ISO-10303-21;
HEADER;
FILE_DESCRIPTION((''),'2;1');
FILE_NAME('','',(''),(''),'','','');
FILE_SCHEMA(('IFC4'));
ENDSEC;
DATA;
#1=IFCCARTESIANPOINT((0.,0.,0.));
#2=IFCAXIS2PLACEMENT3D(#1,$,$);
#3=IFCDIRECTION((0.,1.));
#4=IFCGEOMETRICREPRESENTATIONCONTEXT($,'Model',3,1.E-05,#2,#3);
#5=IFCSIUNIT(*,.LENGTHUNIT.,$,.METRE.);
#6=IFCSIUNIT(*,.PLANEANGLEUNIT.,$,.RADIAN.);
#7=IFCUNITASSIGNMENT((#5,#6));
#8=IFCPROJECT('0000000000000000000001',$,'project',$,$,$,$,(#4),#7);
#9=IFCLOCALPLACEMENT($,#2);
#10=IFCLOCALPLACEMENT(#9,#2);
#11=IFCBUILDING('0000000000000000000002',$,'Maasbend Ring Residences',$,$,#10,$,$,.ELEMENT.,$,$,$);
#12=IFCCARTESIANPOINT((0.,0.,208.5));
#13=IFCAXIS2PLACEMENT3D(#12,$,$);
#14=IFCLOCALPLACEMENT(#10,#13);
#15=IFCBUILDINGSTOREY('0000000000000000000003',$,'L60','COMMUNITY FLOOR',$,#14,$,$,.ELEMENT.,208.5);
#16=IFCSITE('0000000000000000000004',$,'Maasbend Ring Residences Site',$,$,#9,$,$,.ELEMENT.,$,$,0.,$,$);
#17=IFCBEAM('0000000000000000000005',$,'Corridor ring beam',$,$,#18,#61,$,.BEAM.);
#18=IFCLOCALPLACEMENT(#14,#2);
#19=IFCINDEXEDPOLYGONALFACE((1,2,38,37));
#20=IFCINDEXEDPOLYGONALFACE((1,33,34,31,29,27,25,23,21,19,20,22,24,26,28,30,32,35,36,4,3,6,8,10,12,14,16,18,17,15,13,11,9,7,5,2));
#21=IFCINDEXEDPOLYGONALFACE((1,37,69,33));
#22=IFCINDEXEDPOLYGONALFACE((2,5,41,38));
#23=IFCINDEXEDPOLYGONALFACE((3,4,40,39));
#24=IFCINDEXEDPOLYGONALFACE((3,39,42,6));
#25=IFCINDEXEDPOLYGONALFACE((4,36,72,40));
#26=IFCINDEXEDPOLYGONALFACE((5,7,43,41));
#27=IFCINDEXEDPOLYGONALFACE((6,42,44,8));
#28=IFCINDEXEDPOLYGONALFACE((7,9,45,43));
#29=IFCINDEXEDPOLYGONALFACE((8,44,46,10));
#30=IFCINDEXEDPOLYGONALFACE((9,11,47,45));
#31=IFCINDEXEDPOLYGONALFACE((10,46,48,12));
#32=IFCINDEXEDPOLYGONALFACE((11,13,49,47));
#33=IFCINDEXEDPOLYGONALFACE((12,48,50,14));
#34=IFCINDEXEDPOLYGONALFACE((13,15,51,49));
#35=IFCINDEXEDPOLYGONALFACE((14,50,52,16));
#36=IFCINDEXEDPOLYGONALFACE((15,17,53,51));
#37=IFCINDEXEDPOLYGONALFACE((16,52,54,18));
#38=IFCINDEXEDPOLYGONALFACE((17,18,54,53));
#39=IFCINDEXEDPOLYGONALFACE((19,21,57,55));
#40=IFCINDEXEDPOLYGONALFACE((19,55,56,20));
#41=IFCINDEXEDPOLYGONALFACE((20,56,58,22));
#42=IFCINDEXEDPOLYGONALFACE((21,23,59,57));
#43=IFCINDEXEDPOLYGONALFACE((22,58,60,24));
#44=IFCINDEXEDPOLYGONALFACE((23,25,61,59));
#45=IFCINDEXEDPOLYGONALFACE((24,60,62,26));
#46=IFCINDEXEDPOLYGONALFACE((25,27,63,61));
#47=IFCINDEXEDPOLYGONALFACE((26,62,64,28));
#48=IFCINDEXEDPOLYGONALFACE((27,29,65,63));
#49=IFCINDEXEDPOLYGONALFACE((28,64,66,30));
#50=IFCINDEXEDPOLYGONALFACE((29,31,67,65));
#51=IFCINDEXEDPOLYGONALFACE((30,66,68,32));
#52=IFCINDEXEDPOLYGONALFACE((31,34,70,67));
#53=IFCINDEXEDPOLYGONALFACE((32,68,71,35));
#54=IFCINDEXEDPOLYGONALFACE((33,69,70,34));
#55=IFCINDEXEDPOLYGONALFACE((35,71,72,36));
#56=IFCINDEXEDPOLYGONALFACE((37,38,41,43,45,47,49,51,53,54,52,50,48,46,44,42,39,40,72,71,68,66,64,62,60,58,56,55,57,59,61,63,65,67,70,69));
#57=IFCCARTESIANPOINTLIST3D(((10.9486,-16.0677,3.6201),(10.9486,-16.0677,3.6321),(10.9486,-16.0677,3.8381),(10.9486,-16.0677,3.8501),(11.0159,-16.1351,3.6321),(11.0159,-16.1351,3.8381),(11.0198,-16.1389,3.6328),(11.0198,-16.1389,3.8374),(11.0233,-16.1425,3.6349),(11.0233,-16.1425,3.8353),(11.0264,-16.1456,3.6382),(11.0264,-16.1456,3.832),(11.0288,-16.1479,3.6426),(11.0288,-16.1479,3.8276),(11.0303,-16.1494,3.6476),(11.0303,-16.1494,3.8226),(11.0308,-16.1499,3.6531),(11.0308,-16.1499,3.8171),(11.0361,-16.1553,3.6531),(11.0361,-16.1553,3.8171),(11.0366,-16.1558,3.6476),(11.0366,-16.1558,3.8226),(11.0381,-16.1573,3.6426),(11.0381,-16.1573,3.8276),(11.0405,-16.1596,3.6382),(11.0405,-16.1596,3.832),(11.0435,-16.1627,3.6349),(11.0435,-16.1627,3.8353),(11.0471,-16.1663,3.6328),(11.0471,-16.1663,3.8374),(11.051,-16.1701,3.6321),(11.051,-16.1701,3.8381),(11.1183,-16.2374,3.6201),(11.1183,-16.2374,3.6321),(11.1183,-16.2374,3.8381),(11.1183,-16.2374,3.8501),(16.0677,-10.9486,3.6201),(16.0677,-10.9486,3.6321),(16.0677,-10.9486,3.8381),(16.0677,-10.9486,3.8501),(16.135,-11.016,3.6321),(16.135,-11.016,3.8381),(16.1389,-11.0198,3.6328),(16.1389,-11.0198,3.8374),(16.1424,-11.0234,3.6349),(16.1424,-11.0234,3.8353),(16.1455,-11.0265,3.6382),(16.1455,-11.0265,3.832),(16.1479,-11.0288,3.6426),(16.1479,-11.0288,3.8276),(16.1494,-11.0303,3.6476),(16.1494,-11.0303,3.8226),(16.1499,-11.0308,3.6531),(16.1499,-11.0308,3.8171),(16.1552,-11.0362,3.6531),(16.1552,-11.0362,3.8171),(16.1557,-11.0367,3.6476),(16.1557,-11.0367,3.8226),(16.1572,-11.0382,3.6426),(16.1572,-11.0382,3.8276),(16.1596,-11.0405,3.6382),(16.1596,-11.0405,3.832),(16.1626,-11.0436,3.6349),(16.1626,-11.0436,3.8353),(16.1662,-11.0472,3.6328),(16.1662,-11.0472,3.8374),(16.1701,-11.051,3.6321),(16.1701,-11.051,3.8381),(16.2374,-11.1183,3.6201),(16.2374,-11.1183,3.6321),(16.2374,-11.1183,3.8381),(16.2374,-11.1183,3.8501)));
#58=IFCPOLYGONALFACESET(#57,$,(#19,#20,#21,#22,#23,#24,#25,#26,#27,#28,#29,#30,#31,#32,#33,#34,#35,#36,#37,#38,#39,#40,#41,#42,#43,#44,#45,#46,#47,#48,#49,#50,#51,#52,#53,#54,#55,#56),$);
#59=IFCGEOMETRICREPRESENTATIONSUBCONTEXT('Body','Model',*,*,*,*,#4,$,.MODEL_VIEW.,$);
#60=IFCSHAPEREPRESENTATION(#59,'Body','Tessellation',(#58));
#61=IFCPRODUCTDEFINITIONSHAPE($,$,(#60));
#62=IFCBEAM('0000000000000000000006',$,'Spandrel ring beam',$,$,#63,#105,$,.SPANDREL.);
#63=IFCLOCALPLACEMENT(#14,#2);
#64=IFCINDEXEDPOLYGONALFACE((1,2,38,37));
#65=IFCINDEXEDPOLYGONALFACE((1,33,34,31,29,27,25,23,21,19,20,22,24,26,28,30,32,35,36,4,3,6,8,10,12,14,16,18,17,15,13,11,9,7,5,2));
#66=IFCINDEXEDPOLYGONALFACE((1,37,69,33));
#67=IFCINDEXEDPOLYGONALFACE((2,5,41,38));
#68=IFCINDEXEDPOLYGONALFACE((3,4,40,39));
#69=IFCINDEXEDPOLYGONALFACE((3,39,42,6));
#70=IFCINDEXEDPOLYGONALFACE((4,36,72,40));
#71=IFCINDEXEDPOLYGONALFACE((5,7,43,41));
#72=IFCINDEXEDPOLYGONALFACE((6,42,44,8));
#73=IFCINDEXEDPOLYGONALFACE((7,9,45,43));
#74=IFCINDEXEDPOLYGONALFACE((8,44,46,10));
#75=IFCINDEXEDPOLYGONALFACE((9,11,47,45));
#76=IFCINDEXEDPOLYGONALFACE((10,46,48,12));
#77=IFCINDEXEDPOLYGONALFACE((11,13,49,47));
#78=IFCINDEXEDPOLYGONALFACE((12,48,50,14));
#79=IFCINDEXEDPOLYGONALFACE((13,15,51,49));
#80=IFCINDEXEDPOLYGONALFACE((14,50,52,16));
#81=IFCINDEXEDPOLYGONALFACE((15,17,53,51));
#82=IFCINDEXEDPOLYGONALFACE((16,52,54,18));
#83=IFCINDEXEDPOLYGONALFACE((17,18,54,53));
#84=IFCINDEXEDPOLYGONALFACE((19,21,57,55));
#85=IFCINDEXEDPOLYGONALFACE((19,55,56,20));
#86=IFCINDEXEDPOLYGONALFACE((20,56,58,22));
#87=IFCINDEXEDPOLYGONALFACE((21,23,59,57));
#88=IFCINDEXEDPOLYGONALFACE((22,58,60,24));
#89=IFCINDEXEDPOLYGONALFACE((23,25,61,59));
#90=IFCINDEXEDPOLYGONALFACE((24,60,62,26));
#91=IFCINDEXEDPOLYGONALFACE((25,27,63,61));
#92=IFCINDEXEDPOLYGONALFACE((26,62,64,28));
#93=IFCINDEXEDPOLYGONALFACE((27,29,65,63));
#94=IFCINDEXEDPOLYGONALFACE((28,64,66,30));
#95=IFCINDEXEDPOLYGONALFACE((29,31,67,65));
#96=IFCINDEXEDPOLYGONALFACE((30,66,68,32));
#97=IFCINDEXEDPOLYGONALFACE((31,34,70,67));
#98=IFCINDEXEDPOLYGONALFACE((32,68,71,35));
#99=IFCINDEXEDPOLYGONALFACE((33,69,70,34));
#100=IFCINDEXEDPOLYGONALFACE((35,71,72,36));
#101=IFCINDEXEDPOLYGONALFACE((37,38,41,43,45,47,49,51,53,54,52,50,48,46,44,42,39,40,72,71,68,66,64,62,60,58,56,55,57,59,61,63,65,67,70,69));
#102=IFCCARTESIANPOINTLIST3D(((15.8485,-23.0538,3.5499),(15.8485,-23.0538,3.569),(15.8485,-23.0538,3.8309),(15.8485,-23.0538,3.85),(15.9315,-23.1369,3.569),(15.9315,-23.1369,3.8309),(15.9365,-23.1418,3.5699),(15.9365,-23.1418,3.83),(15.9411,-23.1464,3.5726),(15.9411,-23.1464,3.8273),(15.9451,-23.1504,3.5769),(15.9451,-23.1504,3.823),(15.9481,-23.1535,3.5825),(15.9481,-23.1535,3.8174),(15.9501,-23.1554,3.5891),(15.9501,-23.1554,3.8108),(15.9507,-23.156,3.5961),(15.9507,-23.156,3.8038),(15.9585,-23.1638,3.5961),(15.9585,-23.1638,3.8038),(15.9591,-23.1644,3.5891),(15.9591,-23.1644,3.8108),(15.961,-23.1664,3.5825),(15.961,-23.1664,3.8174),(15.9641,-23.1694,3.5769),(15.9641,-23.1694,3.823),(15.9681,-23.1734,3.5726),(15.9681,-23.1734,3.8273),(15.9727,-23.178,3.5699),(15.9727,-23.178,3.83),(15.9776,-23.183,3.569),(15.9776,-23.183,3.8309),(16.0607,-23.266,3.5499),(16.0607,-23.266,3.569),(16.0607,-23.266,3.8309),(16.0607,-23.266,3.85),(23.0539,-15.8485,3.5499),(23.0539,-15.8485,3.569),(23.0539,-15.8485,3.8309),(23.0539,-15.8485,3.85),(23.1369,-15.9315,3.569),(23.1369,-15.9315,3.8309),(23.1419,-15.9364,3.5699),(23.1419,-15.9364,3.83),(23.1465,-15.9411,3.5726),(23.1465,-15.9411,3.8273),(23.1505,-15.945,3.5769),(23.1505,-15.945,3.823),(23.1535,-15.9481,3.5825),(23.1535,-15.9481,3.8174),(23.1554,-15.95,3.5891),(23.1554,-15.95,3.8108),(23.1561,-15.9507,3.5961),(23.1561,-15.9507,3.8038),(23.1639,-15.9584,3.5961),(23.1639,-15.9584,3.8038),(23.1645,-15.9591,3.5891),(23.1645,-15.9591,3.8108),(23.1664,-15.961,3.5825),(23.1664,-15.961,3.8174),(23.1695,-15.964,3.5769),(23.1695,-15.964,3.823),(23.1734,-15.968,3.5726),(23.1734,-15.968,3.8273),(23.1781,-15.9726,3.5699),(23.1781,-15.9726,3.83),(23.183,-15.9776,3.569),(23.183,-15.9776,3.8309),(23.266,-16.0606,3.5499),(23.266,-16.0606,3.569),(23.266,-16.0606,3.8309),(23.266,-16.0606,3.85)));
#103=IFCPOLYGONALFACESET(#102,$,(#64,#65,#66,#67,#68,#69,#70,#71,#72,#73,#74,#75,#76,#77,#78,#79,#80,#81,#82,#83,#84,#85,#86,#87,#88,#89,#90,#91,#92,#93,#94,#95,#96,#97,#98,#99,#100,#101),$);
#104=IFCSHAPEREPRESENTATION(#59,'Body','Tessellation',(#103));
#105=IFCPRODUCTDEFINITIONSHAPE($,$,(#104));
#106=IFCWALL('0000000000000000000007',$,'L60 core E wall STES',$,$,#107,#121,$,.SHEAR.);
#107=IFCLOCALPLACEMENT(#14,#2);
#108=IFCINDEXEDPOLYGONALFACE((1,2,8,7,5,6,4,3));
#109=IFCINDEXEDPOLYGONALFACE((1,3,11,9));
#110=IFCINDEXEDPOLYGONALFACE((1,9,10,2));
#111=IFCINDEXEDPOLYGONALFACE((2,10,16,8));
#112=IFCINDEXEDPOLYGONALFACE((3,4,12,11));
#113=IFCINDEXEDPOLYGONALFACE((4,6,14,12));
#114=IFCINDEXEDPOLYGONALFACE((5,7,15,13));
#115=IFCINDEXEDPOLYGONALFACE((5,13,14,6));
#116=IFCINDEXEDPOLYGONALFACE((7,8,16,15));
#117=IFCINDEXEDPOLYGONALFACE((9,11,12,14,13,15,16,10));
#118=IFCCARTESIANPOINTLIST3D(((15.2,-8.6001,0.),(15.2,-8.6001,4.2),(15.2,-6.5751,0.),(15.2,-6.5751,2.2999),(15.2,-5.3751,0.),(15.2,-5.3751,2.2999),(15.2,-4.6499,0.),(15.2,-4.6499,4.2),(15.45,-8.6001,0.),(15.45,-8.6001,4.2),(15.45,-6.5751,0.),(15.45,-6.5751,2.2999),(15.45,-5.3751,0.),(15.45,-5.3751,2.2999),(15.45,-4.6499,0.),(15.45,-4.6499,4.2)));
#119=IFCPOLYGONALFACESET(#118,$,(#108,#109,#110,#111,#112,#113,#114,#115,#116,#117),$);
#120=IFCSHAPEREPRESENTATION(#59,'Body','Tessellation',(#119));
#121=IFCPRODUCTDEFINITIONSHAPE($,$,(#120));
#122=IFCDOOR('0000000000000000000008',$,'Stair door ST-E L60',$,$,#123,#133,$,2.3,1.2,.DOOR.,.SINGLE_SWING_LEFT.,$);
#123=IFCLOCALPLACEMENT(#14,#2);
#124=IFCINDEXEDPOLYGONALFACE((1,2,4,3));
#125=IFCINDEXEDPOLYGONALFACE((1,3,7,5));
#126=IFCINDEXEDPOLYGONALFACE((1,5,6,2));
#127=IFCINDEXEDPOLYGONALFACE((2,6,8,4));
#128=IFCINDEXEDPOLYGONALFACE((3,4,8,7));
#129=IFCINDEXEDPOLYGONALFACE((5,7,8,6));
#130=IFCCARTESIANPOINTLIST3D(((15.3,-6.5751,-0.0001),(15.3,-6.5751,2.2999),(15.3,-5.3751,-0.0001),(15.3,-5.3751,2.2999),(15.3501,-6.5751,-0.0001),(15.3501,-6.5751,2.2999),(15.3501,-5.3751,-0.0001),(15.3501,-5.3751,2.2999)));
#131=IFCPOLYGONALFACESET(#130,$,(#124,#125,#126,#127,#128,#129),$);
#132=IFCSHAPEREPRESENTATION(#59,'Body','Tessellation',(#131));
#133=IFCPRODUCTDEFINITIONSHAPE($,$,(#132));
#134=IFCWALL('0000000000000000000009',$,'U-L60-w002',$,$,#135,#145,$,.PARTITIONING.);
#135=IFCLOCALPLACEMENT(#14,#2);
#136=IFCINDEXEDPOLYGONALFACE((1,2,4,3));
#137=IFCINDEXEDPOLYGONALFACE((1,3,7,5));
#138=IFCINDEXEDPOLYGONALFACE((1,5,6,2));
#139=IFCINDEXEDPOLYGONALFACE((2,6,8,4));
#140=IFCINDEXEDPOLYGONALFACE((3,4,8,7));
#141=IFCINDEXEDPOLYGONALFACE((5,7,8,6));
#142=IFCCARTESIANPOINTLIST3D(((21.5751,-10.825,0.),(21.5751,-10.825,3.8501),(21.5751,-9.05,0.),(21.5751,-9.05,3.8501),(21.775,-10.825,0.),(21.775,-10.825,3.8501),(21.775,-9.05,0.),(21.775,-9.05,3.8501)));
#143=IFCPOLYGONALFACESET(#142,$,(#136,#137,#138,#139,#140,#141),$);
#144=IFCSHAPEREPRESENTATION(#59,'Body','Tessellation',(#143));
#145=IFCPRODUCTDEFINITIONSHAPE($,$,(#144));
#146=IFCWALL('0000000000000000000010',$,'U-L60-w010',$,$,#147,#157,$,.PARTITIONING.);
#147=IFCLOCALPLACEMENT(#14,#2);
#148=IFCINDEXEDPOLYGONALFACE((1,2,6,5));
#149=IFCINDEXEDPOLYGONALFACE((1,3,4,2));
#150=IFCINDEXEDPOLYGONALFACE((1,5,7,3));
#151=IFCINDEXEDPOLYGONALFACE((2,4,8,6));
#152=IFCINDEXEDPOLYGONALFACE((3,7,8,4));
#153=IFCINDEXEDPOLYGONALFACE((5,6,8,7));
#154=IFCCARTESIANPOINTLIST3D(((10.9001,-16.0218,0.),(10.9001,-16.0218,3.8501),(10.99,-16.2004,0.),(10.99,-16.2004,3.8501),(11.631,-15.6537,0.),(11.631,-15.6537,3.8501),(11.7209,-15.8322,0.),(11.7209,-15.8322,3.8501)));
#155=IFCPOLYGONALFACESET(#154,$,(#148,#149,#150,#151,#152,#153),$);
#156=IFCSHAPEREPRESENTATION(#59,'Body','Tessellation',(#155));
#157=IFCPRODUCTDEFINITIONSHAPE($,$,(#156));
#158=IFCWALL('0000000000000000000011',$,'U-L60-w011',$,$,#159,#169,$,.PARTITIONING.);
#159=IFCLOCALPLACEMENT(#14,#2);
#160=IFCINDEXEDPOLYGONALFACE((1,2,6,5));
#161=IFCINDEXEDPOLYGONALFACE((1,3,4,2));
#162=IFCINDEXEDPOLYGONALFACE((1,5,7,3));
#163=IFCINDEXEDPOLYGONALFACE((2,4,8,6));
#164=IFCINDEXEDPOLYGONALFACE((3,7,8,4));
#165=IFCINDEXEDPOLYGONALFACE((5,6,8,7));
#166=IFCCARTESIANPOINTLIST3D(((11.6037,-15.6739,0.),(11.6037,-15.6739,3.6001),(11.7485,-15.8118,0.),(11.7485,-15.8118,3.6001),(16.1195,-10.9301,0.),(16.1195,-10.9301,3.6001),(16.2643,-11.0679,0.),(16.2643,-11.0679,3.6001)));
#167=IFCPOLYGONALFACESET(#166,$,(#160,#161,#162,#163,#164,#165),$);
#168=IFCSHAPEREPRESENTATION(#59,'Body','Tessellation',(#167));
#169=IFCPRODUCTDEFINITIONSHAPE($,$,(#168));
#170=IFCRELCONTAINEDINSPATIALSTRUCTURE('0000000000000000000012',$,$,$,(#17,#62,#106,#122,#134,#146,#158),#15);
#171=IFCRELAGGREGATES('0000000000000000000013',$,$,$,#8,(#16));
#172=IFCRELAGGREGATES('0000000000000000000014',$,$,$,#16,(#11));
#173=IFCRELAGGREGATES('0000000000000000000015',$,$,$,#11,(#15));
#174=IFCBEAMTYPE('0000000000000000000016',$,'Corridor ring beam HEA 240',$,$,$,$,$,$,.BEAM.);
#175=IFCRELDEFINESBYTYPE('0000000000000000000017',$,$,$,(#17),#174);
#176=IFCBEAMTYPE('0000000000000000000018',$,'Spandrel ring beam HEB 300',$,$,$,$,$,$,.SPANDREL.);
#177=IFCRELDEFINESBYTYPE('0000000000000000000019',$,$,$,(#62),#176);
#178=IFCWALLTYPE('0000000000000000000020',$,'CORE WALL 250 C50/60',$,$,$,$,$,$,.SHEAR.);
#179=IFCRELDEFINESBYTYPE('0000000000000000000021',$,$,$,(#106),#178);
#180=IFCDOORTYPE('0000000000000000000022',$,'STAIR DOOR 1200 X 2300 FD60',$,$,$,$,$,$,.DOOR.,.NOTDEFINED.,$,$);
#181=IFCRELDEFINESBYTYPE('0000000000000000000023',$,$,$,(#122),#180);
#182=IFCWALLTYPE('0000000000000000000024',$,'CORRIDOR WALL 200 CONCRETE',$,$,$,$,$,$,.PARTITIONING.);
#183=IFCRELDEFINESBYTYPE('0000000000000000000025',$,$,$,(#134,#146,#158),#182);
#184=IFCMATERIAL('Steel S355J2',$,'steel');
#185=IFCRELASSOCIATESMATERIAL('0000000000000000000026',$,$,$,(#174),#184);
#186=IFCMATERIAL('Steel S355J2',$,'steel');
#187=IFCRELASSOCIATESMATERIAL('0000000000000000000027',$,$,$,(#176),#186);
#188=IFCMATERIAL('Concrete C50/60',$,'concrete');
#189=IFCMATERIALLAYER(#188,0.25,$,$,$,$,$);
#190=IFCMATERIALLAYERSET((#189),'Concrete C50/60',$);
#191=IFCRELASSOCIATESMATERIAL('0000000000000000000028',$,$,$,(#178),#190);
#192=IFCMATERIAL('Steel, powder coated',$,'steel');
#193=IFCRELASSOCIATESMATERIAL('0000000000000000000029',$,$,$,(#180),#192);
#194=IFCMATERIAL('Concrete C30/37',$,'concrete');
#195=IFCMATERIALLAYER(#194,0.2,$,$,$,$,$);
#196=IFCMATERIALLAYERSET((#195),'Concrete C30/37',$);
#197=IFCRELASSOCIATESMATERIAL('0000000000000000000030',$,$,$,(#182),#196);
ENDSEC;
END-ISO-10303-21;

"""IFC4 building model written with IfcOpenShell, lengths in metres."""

from ifc_helpers import new_model, si_unit, direction, frame, frame_2d, origin, origin_2d, place, context, subcontext, project, spatial, rectangle, i_section, extrude, material, layer, layer_set, material_profile, profile_set, type_object, element, fill, save


model = new_model("IFC4")

# Units and contexts
model_context = context("Model", 3, precision=1e-05, world=origin(), true_north=direction((0.0, 1.0)))
body_context = subcontext(model_context, "Body", "Model", "MODEL_VIEW")
ifc_project = project(units=[si_unit("LENGTHUNIT", "METRE"), si_unit("PLANEANGLEUNIT", "RADIAN")], contexts=[model_context])

# Site, building, storey
site_placement = place(None, origin())
site = spatial("IfcSite", under=ifc_project, at=site_placement, Name="Maasbend Ring Residences Site", CompositionType="ELEMENT", RefElevation=0.0)
building_placement = place(site_placement, origin())
building = spatial("IfcBuilding", under=site, at=building_placement, Name="Maasbend Ring Residences", CompositionType="ELEMENT")
storey_placement = place(building_placement, frame((0.0, 0.0, 208.5)))
storey = spatial("IfcBuildingStorey", under=building, at=storey_placement, Name="L60", Description="COMMUNITY FLOOR", CompositionType="ELEMENT", Elevation=208.5)

# Beams
ifc_material_1 = material(Name="Steel S355J2", Category="steel")
ifc_material_profile_1 = material_profile(ifc_material_1, i_section(OverallWidth=0.24, OverallDepth=0.23, WebThickness=0.0076, FlangeThickness=0.012, FilletRadius=0.021, at=origin_2d()), Name="HEA 240")
ifc_profile_set_1 = profile_set([ifc_material_profile_1], Name="Steel S355J2")
beam_type_1 = type_object("IfcBeamType", Name="Corridor ring beam HEA 240", PredefinedType="BEAM", material=ifc_profile_set_1)
beam_1_placement = place(storey_placement, frame((11.0334, -16.1526, 3.7351), z_axis=(0.707107, 0.707107, 0.0), x_axis=(-0.707107, 0.707107, 0.0)))
element("IfcBeam", 1, at=beam_1_placement, inside=storey, type_object=beam_type_1, Name="Corridor ring beam", PredefinedType="BEAM", context=body_context, shape_type="SweptSolid", body=[
    extrude(i_section(OverallWidth=0.24, OverallDepth=0.23, WebThickness=0.0076, FlangeThickness=0.012, FilletRadius=0.021, at=origin_2d()), origin(), (0.0, 0.0, 1.0), 7.2395),
])
ifc_material_2 = material(Name="Steel S355J2", Category="steel")
ifc_material_profile_2 = material_profile(ifc_material_2, i_section(OverallWidth=0.3, OverallDepth=0.3, WebThickness=0.011, FlangeThickness=0.019, FilletRadius=0.0271, at=origin_2d()), Name="HEB 300")
ifc_profile_set_2 = profile_set([ifc_material_profile_2], Name="Steel S355J2")
beam_type_2 = type_object("IfcBeamType", Name="Spandrel ring beam HEB 300", PredefinedType="SPANDREL", material=ifc_profile_set_2)
beam_2_placement = place(storey_placement, frame((15.9546, -23.1599, 3.7), z_axis=(0.707107, 0.707107, 0.0), x_axis=(-0.707107, 0.707107, 0.0)))
element("IfcBeam", 2, at=beam_2_placement, inside=storey, type_object=beam_type_2, Name="Spandrel ring beam", PredefinedType="SPANDREL", context=body_context, shape_type="SweptSolid", body=[
    extrude(i_section(OverallWidth=0.3, OverallDepth=0.3, WebThickness=0.011, FlangeThickness=0.019, FilletRadius=0.0271, at=origin_2d()), origin(), (0.0, 0.0, 1.0), 10.1899),
])

# Wall, opening, door
ifc_material_3 = material(Name="Concrete C50/60", Category="concrete")
ifc_layer_1 = layer(ifc_material_3, 0.25)
ifc_layer_set_1 = layer_set([ifc_layer_1], Name="Concrete C50/60")
wall_type_1 = type_object("IfcWallType", Name="CORE WALL 250 C50/60", PredefinedType="SHEAR", material=ifc_layer_set_1)
wall_1_placement = place(storey_placement, frame((15.325, -8.6001, 0.0), z_axis=(0.0, 0.0, 1.0), x_axis=(0.0, 1.0, 0.0)))
wall_1 = element("IfcWall", 3, at=wall_1_placement, inside=storey, type_object=wall_type_1, Name="L60 core E wall STES", PredefinedType="SHEAR", context=body_context, shape_type="SweptSolid", body=[
    extrude(rectangle(XDim=3.9502, YDim=0.25, at=frame_2d((1.9751, 0.0))), origin(), (0.0, 0.0, 1.0), 4.2),
])
opening_1_placement = place(wall_1_placement, frame((2.0249, 0.0, 0.0)))
opening_1 = element("IfcOpeningElement", 4, at=opening_1_placement, cuts=wall_1, PredefinedType="OPENING", context=body_context, shape_type="SweptSolid", body=[
    extrude(rectangle(XDim=1.2, YDim=2.3, at=frame_2d((0.6001, 1.1499))), frame((0.0, 0.135, 0.0), z_axis=(0.0, -1.0, 0.0), x_axis=(1.0, 0.0, 0.0)), (0.0, 0.0, 1.0), 0.27),
])
ifc_material_4 = material(Name="Steel, powder coated", Category="steel")
door_type_1 = type_object("IfcDoorType", Name="STAIR DOOR 1200 X 2300 FD60", OperationType="NOTDEFINED", PredefinedType="DOOR", material=ifc_material_4)
door_1_placement = place(opening_1_placement, origin())
door_1 = element("IfcDoor", 5, at=door_1_placement, inside=storey, type_object=door_type_1, Name="Stair door ST-E L60", OperationType="SINGLE_SWING_LEFT", OverallHeight=2.3, OverallWidth=1.2, PredefinedType="DOOR", context=body_context, shape_type="SweptSolid", body=[
    extrude(rectangle(XDim=1.2, YDim=2.3, at=frame_2d((0.6001, 1.1499))), frame((0.0, 0.0249, 0.0), z_axis=(0.0, -1.0, 0.0), x_axis=(1.0, 0.0, 0.0)), (0.0, 0.0, 1.0), 0.05),
])
fill(opening_1, door_1)

# Walls
ifc_material_5 = material(Name="Concrete C30/37", Category="concrete")
ifc_layer_2 = layer(ifc_material_5, 0.2)
ifc_layer_set_2 = layer_set([ifc_layer_2], Name="Concrete C30/37")
wall_type_2 = type_object("IfcWallType", Name="CORRIDOR WALL 200 CONCRETE", PredefinedType="PARTITIONING", material=ifc_layer_set_2)
wall_2_placement = place(storey_placement, frame((21.675, -10.825, 0.0), z_axis=(0.0, 0.0, 1.0), x_axis=(0.0, 1.0, 0.0)))
element("IfcWall", 6, at=wall_2_placement, inside=storey, type_object=wall_type_2, Name="U-L60-w002", PredefinedType="PARTITIONING", context=body_context, shape_type="SweptSolid", body=[
    extrude(rectangle(XDim=1.7749, YDim=0.2, at=frame_2d((0.8875, 0.0))), origin(), (0.0, 0.0, 1.0), 3.8501),
])
wall_3_placement = place(storey_placement, frame((10.9451, -16.1111, 0.0), z_axis=(0.0, 0.0, 1.0), x_axis=(0.893111, 0.449837, 0.0)))
element("IfcWall", 7, at=wall_3_placement, inside=storey, type_object=wall_type_2, Name="U-L60-w010", PredefinedType="PARTITIONING", context=body_context, shape_type="SweptSolid", body=[
    extrude(rectangle(XDim=0.8184, YDim=0.2, at=frame_2d((0.4092, 0.0))), origin(), (0.0, 0.0, 1.0), 3.8501),
])
wall_4_placement = place(storey_placement, frame((11.676, -15.7429, 0.0), z_axis=(0.0, 0.0, 1.0), x_axis=(0.689485, 0.7243, 0.0)))
element("IfcWall", 8, at=wall_4_placement, inside=storey, type_object=wall_type_2, Name="U-L60-w011", PredefinedType="PARTITIONING", context=body_context, shape_type="SweptSolid", body=[
    extrude(rectangle(XDim=6.5496, YDim=0.2, at=frame_2d((3.2749, 0.0))), origin(), (0.0, 0.0, 1.0), 3.6001),
])

save(model, "model.ifc")
